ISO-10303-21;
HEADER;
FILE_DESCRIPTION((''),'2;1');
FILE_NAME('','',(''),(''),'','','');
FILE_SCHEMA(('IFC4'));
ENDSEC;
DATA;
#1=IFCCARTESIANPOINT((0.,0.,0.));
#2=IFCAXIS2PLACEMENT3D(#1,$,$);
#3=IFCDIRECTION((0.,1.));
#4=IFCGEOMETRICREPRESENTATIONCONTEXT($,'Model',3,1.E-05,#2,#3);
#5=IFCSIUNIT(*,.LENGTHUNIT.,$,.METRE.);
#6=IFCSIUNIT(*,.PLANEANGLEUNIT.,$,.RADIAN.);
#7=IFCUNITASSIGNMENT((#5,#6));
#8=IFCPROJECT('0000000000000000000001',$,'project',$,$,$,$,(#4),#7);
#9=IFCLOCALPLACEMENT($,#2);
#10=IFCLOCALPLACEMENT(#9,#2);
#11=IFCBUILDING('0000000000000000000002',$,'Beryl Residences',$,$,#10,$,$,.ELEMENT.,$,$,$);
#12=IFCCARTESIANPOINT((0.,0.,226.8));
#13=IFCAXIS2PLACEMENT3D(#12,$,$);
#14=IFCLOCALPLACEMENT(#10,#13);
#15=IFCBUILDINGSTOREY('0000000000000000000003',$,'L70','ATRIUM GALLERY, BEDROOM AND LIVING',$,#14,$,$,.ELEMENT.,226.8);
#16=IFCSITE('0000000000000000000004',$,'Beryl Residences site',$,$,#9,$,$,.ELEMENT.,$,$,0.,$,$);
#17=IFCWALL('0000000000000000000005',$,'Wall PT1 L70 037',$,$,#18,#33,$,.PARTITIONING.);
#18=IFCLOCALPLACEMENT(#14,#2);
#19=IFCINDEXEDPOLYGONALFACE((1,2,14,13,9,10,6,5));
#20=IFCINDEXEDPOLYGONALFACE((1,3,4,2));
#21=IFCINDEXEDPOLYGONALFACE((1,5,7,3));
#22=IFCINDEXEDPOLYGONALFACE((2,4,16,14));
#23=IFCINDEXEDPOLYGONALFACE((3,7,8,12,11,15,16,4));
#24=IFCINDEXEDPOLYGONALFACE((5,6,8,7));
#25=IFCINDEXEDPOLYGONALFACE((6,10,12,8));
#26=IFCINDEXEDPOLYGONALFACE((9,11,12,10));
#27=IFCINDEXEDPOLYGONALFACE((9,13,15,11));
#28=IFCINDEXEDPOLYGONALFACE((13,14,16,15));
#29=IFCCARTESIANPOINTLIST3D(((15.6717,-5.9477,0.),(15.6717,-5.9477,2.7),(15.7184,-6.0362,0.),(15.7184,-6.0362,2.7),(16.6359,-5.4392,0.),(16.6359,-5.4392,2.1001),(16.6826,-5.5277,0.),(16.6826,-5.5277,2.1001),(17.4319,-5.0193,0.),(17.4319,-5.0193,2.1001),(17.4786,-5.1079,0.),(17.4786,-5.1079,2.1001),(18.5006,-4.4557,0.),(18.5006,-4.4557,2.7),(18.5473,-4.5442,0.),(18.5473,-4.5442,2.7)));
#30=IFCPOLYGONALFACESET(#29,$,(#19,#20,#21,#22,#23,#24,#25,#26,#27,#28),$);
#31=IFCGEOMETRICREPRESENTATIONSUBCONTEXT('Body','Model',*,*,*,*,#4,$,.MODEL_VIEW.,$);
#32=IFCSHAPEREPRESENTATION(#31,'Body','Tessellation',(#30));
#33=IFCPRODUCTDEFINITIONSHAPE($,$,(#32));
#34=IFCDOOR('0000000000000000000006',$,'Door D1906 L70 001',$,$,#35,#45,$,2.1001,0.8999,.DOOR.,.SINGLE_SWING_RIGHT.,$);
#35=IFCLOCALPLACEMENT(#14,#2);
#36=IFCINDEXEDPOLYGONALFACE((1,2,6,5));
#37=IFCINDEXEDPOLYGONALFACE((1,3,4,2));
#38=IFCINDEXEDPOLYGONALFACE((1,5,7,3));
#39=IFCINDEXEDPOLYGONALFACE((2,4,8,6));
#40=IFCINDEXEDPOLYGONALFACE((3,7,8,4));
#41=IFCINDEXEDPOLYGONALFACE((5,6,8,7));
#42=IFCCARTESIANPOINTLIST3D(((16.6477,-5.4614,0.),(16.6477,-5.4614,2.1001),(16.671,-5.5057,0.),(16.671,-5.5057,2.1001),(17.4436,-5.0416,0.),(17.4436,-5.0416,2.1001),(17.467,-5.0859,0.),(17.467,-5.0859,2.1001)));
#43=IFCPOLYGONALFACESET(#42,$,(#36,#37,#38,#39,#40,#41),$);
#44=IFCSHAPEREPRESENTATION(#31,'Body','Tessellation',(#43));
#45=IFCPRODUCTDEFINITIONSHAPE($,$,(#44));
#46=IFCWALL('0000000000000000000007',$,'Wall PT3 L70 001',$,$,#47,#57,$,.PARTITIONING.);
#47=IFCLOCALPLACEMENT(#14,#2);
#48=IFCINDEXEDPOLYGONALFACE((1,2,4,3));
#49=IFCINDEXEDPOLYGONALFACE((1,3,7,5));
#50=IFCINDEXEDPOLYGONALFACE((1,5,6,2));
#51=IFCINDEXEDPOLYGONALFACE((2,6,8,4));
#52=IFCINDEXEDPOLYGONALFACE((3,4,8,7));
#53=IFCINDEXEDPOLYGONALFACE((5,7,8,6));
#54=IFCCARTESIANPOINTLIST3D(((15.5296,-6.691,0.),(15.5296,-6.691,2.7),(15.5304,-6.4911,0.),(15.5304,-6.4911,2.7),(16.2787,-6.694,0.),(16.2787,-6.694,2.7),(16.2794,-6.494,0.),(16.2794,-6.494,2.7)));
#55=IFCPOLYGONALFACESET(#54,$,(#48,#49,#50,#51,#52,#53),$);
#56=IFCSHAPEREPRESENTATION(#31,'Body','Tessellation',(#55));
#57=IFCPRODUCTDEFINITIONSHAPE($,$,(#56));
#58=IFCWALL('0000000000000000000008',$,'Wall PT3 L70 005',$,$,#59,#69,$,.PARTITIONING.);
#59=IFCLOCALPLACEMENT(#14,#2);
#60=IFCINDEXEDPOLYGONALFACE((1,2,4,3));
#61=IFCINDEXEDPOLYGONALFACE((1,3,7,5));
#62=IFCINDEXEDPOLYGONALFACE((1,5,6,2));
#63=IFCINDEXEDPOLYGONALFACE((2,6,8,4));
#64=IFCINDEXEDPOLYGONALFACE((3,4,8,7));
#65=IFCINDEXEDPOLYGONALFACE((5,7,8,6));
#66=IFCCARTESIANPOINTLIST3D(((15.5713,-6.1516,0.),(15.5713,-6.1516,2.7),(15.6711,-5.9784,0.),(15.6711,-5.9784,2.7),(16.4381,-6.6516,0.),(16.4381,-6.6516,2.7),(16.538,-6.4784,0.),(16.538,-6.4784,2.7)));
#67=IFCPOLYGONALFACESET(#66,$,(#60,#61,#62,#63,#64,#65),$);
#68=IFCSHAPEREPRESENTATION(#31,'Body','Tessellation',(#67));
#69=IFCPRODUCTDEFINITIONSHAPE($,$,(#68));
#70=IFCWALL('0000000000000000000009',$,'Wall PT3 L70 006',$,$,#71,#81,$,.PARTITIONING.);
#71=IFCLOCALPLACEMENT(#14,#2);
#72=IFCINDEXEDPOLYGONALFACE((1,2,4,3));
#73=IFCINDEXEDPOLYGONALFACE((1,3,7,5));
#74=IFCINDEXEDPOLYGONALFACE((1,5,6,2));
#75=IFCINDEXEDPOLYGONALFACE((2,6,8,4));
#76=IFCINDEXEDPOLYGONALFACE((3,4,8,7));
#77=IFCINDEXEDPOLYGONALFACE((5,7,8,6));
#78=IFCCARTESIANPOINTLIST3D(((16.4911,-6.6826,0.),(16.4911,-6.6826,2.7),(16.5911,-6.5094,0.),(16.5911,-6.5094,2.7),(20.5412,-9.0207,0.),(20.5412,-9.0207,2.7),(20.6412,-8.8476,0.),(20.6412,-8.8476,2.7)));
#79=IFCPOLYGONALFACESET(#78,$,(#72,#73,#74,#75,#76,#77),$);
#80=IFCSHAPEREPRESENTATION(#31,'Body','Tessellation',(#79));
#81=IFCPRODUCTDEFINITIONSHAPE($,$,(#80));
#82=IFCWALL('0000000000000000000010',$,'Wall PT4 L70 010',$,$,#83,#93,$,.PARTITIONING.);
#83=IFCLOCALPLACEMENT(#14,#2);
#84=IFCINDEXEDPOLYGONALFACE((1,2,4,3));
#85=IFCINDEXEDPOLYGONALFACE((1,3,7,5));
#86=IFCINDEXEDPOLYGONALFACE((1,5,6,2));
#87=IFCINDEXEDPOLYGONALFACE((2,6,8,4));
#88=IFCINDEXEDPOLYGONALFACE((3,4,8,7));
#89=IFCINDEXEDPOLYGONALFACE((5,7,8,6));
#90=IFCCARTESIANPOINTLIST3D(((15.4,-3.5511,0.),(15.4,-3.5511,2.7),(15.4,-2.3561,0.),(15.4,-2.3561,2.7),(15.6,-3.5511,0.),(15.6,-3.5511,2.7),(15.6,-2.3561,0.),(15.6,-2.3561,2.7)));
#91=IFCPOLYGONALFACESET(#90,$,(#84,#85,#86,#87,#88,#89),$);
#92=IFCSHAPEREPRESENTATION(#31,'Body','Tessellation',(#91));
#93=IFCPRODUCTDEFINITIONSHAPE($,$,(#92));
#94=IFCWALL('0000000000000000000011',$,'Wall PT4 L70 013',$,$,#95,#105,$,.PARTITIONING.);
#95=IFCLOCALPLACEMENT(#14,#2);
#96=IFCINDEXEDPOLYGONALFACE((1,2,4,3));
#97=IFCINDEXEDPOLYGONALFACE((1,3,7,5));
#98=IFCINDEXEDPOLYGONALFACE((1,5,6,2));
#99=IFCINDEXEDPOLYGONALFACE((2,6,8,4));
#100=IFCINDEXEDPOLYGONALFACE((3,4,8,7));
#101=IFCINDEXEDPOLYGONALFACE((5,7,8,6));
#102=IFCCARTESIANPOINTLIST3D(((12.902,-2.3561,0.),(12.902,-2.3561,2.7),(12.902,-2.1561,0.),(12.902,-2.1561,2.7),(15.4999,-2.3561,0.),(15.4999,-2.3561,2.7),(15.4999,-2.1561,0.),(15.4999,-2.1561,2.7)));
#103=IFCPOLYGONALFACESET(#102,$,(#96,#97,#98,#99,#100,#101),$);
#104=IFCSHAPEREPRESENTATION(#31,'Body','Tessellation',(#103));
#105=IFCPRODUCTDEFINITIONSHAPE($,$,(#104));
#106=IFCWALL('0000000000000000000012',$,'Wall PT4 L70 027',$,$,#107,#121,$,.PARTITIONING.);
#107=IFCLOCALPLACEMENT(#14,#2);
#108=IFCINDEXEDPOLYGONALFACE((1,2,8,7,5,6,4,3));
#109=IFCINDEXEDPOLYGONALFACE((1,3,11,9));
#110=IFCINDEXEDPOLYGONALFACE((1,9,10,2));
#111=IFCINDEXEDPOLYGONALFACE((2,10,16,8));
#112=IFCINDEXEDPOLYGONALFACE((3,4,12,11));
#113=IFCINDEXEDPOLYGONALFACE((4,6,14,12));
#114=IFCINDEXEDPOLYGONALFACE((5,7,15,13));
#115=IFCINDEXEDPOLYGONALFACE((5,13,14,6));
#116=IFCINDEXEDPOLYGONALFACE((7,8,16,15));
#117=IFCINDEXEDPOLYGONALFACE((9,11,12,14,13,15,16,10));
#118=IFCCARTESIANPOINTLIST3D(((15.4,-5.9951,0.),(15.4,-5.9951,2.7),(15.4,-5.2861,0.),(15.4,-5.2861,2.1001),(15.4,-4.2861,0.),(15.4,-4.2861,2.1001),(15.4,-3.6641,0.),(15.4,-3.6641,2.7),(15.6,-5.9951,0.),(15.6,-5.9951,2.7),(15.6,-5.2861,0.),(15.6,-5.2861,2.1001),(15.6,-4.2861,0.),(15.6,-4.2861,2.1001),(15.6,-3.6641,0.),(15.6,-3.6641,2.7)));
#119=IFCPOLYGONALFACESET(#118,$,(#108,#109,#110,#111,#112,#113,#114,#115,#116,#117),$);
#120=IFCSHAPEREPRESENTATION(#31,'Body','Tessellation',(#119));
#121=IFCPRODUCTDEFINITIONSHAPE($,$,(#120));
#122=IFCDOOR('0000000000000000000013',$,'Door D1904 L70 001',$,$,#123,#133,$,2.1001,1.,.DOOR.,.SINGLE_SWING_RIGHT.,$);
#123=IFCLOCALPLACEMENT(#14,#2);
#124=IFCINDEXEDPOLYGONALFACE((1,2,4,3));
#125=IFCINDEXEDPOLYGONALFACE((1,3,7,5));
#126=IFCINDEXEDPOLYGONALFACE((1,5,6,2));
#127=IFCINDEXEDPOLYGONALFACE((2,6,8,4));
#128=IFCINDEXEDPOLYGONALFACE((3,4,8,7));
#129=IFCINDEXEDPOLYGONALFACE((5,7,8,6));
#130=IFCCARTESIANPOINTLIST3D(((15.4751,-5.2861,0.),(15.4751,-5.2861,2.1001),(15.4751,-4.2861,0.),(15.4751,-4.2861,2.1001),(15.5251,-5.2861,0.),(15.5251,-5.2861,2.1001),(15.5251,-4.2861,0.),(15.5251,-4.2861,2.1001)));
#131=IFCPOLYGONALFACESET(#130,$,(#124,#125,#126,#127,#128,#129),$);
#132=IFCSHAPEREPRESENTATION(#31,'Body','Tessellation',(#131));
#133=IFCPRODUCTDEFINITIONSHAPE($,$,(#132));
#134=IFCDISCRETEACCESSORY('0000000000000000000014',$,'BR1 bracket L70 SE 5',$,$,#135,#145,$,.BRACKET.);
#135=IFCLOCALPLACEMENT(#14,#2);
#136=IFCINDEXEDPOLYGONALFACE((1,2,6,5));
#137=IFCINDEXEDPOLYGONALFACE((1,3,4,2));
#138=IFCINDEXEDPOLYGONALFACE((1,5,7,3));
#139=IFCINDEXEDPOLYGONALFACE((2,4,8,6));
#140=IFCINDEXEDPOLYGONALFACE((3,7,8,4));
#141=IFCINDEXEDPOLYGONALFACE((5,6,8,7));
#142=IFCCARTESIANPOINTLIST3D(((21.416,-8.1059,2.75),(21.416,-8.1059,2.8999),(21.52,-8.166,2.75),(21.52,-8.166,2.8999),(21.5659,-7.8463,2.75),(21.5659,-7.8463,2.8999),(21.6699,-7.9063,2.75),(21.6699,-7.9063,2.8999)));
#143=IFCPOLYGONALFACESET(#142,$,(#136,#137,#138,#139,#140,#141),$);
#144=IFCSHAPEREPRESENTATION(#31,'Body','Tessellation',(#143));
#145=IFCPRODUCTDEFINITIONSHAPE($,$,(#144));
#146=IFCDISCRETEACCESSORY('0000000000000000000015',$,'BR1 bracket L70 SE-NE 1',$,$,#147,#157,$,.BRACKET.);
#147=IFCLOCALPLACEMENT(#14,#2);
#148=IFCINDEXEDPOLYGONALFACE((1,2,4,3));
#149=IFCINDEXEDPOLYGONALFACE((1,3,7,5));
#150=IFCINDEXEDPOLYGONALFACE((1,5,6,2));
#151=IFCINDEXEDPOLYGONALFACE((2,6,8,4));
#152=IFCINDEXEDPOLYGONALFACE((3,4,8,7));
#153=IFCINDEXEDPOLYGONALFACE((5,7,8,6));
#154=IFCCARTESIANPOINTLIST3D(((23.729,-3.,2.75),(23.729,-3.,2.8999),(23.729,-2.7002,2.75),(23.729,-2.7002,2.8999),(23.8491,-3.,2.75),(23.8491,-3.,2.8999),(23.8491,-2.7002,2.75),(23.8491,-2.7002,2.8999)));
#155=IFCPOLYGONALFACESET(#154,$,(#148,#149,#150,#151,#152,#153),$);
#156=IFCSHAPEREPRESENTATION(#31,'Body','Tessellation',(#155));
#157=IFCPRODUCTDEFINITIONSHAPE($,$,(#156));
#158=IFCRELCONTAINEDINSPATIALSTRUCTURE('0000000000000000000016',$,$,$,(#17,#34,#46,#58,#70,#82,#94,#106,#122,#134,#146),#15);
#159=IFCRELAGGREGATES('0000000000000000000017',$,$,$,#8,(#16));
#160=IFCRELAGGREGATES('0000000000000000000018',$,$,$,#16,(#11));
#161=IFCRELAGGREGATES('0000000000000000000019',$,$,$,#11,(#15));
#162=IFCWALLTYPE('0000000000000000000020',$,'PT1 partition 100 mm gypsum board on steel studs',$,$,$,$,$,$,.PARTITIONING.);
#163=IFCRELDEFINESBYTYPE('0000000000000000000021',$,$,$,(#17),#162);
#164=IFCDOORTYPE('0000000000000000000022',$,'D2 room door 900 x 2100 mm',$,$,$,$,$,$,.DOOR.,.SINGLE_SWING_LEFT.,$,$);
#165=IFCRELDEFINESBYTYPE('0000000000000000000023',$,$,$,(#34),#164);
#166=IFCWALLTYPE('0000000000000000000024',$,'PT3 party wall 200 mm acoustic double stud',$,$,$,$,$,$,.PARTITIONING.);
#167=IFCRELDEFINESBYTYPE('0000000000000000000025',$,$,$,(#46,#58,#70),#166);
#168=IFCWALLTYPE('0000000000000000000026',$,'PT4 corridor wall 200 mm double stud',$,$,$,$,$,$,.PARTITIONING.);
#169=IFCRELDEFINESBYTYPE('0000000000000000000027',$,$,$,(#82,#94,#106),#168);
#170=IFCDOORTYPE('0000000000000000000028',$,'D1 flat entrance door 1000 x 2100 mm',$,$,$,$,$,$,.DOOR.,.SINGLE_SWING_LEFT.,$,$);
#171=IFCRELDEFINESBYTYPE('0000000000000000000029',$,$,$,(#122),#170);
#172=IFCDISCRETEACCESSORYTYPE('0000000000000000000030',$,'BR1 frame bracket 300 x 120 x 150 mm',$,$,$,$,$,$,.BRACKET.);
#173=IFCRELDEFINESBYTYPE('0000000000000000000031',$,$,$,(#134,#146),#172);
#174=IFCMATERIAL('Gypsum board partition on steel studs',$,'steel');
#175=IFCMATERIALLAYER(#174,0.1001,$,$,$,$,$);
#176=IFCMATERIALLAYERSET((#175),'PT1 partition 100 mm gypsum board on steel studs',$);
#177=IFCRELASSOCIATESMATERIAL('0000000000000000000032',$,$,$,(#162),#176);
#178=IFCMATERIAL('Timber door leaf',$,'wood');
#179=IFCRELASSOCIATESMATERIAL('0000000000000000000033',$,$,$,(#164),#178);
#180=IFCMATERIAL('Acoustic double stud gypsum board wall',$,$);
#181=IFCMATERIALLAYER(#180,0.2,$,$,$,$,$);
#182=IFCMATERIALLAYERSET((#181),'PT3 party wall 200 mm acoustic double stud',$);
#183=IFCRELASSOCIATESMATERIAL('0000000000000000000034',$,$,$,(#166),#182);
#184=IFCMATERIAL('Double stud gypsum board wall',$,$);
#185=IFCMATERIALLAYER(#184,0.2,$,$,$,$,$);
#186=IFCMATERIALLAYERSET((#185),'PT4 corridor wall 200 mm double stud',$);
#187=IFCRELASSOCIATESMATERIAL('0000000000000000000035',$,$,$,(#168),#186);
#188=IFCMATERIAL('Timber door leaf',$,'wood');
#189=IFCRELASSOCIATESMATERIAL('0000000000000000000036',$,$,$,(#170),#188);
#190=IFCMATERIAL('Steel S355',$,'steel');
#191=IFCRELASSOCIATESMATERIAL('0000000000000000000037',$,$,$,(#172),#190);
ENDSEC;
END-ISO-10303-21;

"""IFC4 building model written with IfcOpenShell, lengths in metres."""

from ifc_helpers import new_model, si_unit, direction, frame, frame_2d, origin, place, context, subcontext, project, spatial, polyline, rectangle, outline, extrude, source, transform, mapped, material, layer, layer_set, type_object, type_shapes, element, fill, save


model = new_model("IFC4")

# Units and contexts
model_context = context("Model", 3, precision=1e-05, world=origin(), true_north=direction((0.0, 1.0)))
body_context = subcontext(model_context, "Body", "Model", "MODEL_VIEW")
ifc_project = project(units=[si_unit("LENGTHUNIT", "METRE"), si_unit("PLANEANGLEUNIT", "RADIAN")], contexts=[model_context])

# Site, building, storey
site_placement = place(None, origin())
site = spatial("IfcSite", under=ifc_project, at=site_placement, Name="Beryl Residences site", CompositionType="ELEMENT", RefElevation=0.0)
building_placement = place(site_placement, origin())
building = spatial("IfcBuilding", under=site, at=building_placement, Name="Beryl Residences", CompositionType="ELEMENT")
storey_placement = place(building_placement, frame((0.0, 0.0, 226.8)))
storey = spatial("IfcBuildingStorey", under=building, at=storey_placement, Name="L70", Description="ATRIUM GALLERY, BEDROOM AND LIVING", CompositionType="ELEMENT", Elevation=226.8)

# Shared definitions
ifc_material_1 = material(Name="Gypsum board partition on steel studs", Category="steel")
ifc_layer_1 = layer(ifc_material_1, 0.1001)
ifc_layer_set_1 = layer_set([ifc_layer_1], Name="PT1 partition 100 mm gypsum board on steel studs")
wall_type_1 = type_object("IfcWallType", Name="PT1 partition 100 mm gypsum board on steel studs", PredefinedType="PARTITIONING", material=ifc_layer_set_1)

# Wall, opening, door
wall_1_placement = place(storey_placement, frame((15.6951, -5.9919, 0.0), z_axis=(0.0, 0.0, 1.0), x_axis=(0.884522, 0.466498, 0.0)))
wall_1 = element("IfcWall", 1, at=wall_1_placement, inside=storey, type_object=wall_type_1, Name="Wall PT1 L70 037", PredefinedType="PARTITIONING", context=body_context, shape_type="SweptSolid", body=[
    extrude(rectangle(XDim=3.1982, YDim=0.1001, at=frame_2d((1.5991, 0.0))), origin(), (0.0, 0.0, 1.0), 2.7),
])
opening_1_placement = place(wall_1_placement, frame((1.0901, 0.0, 0.0)))
opening_1 = element("IfcOpeningElement", 2, at=opening_1_placement, cuts=wall_1, PredefinedType="OPENING", context=body_context, shape_type="SweptSolid", body=[
    extrude(rectangle(XDim=0.8999, YDim=2.1001, at=frame_2d((0.45, 1.05))), frame((0.0, 0.0601, 0.0), z_axis=(0.0, -1.0, 0.0), x_axis=(1.0, 0.0, 0.0)), (0.0, 0.0, 1.0), 0.1201),
])
ifc_material_2 = material(Name="Timber door leaf", Category="wood")
door_type_1 = type_object("IfcDoorType", Name="D2 room door 900 x 2100 mm", OperationType="SINGLE_SWING_LEFT", PredefinedType="DOOR", material=ifc_material_2)
door_1_placement = place(opening_1_placement, origin())
door_1 = element("IfcDoor", 3, at=door_1_placement, inside=storey, type_object=door_type_1, Name="Door D1906 L70 001", OperationType="SINGLE_SWING_RIGHT", OverallHeight=2.1001, OverallWidth=0.8999, PredefinedType="DOOR", context=body_context, shape_type="SweptSolid", body=[
    extrude(rectangle(XDim=0.8999, YDim=2.1001, at=frame_2d((0.45, 1.05))), frame((0.0, 0.0249, 0.0), z_axis=(0.0, -1.0, 0.0), x_axis=(1.0, 0.0, 0.0)), (0.0, 0.0, 1.0), 0.05),
])
fill(opening_1, door_1)

# Walls
ifc_material_3 = material(Name="Acoustic double stud gypsum board wall")
ifc_layer_2 = layer(ifc_material_3, 0.2)
ifc_layer_set_2 = layer_set([ifc_layer_2], Name="PT3 party wall 200 mm acoustic double stud")
wall_type_2 = type_object("IfcWallType", Name="PT3 party wall 200 mm acoustic double stud", PredefinedType="PARTITIONING", material=ifc_layer_set_2)
wall_2_placement = place(storey_placement, frame((15.53, -6.5911, 0.0), z_axis=(0.0, 0.0, 1.0), x_axis=(0.999992, -0.003911, 0.0)))
element("IfcWall", 4, at=wall_2_placement, inside=storey, type_object=wall_type_2, Name="Wall PT3 L70 001", PredefinedType="PARTITIONING", context=body_context, shape_type="SweptSolid", body=[
    extrude(rectangle(XDim=0.749, YDim=0.2, at=frame_2d((0.3745, 0.0))), origin(), (0.0, 0.0, 1.0), 2.7),
])
wall_3_placement = place(storey_placement, frame((15.6211, -6.0649, 0.0), z_axis=(0.0, 0.0, 1.0), x_axis=(0.866255, -0.499603, 0.0)))
element("IfcWall", 5, at=wall_3_placement, inside=storey, type_object=wall_type_2, Name="Wall PT3 L70 005", PredefinedType="PARTITIONING", context=body_context, shape_type="SweptSolid", body=[
    extrude(rectangle(XDim=1.0007, YDim=0.2, at=frame_2d((0.5005, 0.0))), origin(), (0.0, 0.0, 1.0), 2.7),
])
wall_4_placement = place(storey_placement, frame((16.541, -6.5959, 0.0), z_axis=(0.0, 0.0, 1.0), x_axis=(0.86604, -0.499974, 0.0)))
element("IfcWall", 6, at=wall_4_placement, inside=storey, type_object=wall_type_2, Name="Wall PT3 L70 006", PredefinedType="PARTITIONING", context=body_context, shape_type="SweptSolid", body=[
    extrude(rectangle(XDim=4.6765, YDim=0.2, at=frame_2d((2.3384, 0.0))), origin(), (0.0, 0.0, 1.0), 2.7),
])
ifc_material_4 = material(Name="Double stud gypsum board wall")
ifc_layer_3 = layer(ifc_material_4, 0.2)
ifc_layer_set_3 = layer_set([ifc_layer_3], Name="PT4 corridor wall 200 mm double stud")
wall_type_3 = type_object("IfcWallType", Name="PT4 corridor wall 200 mm double stud", PredefinedType="PARTITIONING", material=ifc_layer_set_3)
wall_5_placement = place(storey_placement, frame((15.5, -2.356, 0.0), z_axis=(0.0, 0.0, 1.0), x_axis=(0.0, -1.0, 0.0)))
element("IfcWall", 7, at=wall_5_placement, inside=storey, type_object=wall_type_3, Name="Wall PT4 L70 010", PredefinedType="PARTITIONING", context=body_context, shape_type="SweptSolid", body=[
    extrude(rectangle(XDim=1.1951, YDim=0.2, at=frame_2d((0.5977, 0.0))), origin(), (0.0, 0.0, 1.0), 2.7),
])
wall_6_placement = place(storey_placement, frame((12.9021, -2.2561, 0.0), z_axis=(0.0, 0.0, 1.0), x_axis=(1.0, 0.0, 0.0)))
element("IfcWall", 8, at=wall_6_placement, inside=storey, type_object=wall_type_3, Name="Wall PT4 L70 013", PredefinedType="PARTITIONING", context=body_context, shape_type="SweptSolid", body=[
    extrude(rectangle(XDim=2.5979, YDim=0.2, at=frame_2d((1.2988, 0.0))), origin(), (0.0, 0.0, 1.0), 2.7),
])

# Wall, opening, door
wall_7_placement = place(storey_placement, frame((15.5, -5.9951, 0.0), z_axis=(0.0, 0.0, 1.0), x_axis=(0.0, 1.0, 0.0)))
wall_7 = element("IfcWall", 9, at=wall_7_placement, inside=storey, type_object=wall_type_3, Name="Wall PT4 L70 027", PredefinedType="PARTITIONING", context=body_context, shape_type="SweptSolid", body=[
    extrude(rectangle(XDim=2.3311, YDim=0.2, at=frame_2d((1.1655, 0.0))), origin(), (0.0, 0.0, 1.0), 2.7),
])
opening_2_placement = place(wall_7_placement, frame((0.709, 0.0, 0.0)))
opening_2 = element("IfcOpeningElement", 10, at=opening_2_placement, cuts=wall_7, PredefinedType="OPENING", context=body_context, shape_type="SweptSolid", body=[
    extrude(rectangle(XDim=1.0, YDim=2.1001, at=frame_2d((0.5, 1.05))), frame((0.0, 0.1099, 0.0), z_axis=(0.0, -1.0, 0.0), x_axis=(1.0, 0.0, 0.0)), (0.0, 0.0, 1.0), 0.22),
])
ifc_material_5 = material(Name="Timber door leaf", Category="wood")
door_type_2 = type_object("IfcDoorType", Name="D1 flat entrance door 1000 x 2100 mm", OperationType="SINGLE_SWING_LEFT", PredefinedType="DOOR", material=ifc_material_5)
door_2_placement = place(opening_2_placement, origin())
door_2 = element("IfcDoor", 11, at=door_2_placement, inside=storey, type_object=door_type_2, Name="Door D1904 L70 001", OperationType="SINGLE_SWING_RIGHT", OverallHeight=2.1001, OverallWidth=1.0, PredefinedType="DOOR", context=body_context, shape_type="SweptSolid", body=[
    extrude(rectangle(XDim=1.0, YDim=2.1001, at=frame_2d((0.5, 1.05))), frame((0.0, 0.0249, 0.0), z_axis=(0.0, -1.0, 0.0), x_axis=(1.0, 0.0, 0.0)), (0.0, 0.0, 1.0), 0.05),
])
fill(opening_2, door_2)

# Discrete accessories
ifc_material_6 = material(Name="Steel S355", Category="steel")
discrete_accessory_type = type_object("IfcDiscreteAccessoryType", Name="BR1 frame bracket 300 x 120 x 150 mm", PredefinedType="BRACKET", material=ifc_material_6)
shared_shape_1 = source(origin(), body_context, "Body", "SweptSolid", [
    extrude(outline(polyline([(-0.1499, 0.0), (0.1499, 0.0), (0.1499, 0.1201), (-0.1499, 0.1201), (-0.1499, 0.0)])), origin(), (0.0, 0.0, 1.0), 0.1499),
])
type_shapes(discrete_accessory_type, [shared_shape_1])
for number, where, z_axis, x_axis, name in (
    (12, (21.491, -7.9761, 2.75), (0.0, 0.0, 1.0), (-0.5, -0.866025, 0.0), "BR1 bracket L70 SE 5"),
    (13, (23.729, -2.8501, 2.75), (0.0, 0.0, 1.0), (0.0, -1.0, 0.0), "BR1 bracket L70 SE-NE 1"),
):
    element("IfcDiscreteAccessory", number, at=place(storey_placement, frame(where, z_axis=z_axis, x_axis=x_axis)), inside=storey, type_object=discrete_accessory_type, Name=name, PredefinedType="BRACKET", context=body_context, shape_type="MappedRepresentation", body=[
        mapped(shared_shape_1, transform((0.0, 0.0, 0.0))),
    ])

save(model, "model.ifc")
